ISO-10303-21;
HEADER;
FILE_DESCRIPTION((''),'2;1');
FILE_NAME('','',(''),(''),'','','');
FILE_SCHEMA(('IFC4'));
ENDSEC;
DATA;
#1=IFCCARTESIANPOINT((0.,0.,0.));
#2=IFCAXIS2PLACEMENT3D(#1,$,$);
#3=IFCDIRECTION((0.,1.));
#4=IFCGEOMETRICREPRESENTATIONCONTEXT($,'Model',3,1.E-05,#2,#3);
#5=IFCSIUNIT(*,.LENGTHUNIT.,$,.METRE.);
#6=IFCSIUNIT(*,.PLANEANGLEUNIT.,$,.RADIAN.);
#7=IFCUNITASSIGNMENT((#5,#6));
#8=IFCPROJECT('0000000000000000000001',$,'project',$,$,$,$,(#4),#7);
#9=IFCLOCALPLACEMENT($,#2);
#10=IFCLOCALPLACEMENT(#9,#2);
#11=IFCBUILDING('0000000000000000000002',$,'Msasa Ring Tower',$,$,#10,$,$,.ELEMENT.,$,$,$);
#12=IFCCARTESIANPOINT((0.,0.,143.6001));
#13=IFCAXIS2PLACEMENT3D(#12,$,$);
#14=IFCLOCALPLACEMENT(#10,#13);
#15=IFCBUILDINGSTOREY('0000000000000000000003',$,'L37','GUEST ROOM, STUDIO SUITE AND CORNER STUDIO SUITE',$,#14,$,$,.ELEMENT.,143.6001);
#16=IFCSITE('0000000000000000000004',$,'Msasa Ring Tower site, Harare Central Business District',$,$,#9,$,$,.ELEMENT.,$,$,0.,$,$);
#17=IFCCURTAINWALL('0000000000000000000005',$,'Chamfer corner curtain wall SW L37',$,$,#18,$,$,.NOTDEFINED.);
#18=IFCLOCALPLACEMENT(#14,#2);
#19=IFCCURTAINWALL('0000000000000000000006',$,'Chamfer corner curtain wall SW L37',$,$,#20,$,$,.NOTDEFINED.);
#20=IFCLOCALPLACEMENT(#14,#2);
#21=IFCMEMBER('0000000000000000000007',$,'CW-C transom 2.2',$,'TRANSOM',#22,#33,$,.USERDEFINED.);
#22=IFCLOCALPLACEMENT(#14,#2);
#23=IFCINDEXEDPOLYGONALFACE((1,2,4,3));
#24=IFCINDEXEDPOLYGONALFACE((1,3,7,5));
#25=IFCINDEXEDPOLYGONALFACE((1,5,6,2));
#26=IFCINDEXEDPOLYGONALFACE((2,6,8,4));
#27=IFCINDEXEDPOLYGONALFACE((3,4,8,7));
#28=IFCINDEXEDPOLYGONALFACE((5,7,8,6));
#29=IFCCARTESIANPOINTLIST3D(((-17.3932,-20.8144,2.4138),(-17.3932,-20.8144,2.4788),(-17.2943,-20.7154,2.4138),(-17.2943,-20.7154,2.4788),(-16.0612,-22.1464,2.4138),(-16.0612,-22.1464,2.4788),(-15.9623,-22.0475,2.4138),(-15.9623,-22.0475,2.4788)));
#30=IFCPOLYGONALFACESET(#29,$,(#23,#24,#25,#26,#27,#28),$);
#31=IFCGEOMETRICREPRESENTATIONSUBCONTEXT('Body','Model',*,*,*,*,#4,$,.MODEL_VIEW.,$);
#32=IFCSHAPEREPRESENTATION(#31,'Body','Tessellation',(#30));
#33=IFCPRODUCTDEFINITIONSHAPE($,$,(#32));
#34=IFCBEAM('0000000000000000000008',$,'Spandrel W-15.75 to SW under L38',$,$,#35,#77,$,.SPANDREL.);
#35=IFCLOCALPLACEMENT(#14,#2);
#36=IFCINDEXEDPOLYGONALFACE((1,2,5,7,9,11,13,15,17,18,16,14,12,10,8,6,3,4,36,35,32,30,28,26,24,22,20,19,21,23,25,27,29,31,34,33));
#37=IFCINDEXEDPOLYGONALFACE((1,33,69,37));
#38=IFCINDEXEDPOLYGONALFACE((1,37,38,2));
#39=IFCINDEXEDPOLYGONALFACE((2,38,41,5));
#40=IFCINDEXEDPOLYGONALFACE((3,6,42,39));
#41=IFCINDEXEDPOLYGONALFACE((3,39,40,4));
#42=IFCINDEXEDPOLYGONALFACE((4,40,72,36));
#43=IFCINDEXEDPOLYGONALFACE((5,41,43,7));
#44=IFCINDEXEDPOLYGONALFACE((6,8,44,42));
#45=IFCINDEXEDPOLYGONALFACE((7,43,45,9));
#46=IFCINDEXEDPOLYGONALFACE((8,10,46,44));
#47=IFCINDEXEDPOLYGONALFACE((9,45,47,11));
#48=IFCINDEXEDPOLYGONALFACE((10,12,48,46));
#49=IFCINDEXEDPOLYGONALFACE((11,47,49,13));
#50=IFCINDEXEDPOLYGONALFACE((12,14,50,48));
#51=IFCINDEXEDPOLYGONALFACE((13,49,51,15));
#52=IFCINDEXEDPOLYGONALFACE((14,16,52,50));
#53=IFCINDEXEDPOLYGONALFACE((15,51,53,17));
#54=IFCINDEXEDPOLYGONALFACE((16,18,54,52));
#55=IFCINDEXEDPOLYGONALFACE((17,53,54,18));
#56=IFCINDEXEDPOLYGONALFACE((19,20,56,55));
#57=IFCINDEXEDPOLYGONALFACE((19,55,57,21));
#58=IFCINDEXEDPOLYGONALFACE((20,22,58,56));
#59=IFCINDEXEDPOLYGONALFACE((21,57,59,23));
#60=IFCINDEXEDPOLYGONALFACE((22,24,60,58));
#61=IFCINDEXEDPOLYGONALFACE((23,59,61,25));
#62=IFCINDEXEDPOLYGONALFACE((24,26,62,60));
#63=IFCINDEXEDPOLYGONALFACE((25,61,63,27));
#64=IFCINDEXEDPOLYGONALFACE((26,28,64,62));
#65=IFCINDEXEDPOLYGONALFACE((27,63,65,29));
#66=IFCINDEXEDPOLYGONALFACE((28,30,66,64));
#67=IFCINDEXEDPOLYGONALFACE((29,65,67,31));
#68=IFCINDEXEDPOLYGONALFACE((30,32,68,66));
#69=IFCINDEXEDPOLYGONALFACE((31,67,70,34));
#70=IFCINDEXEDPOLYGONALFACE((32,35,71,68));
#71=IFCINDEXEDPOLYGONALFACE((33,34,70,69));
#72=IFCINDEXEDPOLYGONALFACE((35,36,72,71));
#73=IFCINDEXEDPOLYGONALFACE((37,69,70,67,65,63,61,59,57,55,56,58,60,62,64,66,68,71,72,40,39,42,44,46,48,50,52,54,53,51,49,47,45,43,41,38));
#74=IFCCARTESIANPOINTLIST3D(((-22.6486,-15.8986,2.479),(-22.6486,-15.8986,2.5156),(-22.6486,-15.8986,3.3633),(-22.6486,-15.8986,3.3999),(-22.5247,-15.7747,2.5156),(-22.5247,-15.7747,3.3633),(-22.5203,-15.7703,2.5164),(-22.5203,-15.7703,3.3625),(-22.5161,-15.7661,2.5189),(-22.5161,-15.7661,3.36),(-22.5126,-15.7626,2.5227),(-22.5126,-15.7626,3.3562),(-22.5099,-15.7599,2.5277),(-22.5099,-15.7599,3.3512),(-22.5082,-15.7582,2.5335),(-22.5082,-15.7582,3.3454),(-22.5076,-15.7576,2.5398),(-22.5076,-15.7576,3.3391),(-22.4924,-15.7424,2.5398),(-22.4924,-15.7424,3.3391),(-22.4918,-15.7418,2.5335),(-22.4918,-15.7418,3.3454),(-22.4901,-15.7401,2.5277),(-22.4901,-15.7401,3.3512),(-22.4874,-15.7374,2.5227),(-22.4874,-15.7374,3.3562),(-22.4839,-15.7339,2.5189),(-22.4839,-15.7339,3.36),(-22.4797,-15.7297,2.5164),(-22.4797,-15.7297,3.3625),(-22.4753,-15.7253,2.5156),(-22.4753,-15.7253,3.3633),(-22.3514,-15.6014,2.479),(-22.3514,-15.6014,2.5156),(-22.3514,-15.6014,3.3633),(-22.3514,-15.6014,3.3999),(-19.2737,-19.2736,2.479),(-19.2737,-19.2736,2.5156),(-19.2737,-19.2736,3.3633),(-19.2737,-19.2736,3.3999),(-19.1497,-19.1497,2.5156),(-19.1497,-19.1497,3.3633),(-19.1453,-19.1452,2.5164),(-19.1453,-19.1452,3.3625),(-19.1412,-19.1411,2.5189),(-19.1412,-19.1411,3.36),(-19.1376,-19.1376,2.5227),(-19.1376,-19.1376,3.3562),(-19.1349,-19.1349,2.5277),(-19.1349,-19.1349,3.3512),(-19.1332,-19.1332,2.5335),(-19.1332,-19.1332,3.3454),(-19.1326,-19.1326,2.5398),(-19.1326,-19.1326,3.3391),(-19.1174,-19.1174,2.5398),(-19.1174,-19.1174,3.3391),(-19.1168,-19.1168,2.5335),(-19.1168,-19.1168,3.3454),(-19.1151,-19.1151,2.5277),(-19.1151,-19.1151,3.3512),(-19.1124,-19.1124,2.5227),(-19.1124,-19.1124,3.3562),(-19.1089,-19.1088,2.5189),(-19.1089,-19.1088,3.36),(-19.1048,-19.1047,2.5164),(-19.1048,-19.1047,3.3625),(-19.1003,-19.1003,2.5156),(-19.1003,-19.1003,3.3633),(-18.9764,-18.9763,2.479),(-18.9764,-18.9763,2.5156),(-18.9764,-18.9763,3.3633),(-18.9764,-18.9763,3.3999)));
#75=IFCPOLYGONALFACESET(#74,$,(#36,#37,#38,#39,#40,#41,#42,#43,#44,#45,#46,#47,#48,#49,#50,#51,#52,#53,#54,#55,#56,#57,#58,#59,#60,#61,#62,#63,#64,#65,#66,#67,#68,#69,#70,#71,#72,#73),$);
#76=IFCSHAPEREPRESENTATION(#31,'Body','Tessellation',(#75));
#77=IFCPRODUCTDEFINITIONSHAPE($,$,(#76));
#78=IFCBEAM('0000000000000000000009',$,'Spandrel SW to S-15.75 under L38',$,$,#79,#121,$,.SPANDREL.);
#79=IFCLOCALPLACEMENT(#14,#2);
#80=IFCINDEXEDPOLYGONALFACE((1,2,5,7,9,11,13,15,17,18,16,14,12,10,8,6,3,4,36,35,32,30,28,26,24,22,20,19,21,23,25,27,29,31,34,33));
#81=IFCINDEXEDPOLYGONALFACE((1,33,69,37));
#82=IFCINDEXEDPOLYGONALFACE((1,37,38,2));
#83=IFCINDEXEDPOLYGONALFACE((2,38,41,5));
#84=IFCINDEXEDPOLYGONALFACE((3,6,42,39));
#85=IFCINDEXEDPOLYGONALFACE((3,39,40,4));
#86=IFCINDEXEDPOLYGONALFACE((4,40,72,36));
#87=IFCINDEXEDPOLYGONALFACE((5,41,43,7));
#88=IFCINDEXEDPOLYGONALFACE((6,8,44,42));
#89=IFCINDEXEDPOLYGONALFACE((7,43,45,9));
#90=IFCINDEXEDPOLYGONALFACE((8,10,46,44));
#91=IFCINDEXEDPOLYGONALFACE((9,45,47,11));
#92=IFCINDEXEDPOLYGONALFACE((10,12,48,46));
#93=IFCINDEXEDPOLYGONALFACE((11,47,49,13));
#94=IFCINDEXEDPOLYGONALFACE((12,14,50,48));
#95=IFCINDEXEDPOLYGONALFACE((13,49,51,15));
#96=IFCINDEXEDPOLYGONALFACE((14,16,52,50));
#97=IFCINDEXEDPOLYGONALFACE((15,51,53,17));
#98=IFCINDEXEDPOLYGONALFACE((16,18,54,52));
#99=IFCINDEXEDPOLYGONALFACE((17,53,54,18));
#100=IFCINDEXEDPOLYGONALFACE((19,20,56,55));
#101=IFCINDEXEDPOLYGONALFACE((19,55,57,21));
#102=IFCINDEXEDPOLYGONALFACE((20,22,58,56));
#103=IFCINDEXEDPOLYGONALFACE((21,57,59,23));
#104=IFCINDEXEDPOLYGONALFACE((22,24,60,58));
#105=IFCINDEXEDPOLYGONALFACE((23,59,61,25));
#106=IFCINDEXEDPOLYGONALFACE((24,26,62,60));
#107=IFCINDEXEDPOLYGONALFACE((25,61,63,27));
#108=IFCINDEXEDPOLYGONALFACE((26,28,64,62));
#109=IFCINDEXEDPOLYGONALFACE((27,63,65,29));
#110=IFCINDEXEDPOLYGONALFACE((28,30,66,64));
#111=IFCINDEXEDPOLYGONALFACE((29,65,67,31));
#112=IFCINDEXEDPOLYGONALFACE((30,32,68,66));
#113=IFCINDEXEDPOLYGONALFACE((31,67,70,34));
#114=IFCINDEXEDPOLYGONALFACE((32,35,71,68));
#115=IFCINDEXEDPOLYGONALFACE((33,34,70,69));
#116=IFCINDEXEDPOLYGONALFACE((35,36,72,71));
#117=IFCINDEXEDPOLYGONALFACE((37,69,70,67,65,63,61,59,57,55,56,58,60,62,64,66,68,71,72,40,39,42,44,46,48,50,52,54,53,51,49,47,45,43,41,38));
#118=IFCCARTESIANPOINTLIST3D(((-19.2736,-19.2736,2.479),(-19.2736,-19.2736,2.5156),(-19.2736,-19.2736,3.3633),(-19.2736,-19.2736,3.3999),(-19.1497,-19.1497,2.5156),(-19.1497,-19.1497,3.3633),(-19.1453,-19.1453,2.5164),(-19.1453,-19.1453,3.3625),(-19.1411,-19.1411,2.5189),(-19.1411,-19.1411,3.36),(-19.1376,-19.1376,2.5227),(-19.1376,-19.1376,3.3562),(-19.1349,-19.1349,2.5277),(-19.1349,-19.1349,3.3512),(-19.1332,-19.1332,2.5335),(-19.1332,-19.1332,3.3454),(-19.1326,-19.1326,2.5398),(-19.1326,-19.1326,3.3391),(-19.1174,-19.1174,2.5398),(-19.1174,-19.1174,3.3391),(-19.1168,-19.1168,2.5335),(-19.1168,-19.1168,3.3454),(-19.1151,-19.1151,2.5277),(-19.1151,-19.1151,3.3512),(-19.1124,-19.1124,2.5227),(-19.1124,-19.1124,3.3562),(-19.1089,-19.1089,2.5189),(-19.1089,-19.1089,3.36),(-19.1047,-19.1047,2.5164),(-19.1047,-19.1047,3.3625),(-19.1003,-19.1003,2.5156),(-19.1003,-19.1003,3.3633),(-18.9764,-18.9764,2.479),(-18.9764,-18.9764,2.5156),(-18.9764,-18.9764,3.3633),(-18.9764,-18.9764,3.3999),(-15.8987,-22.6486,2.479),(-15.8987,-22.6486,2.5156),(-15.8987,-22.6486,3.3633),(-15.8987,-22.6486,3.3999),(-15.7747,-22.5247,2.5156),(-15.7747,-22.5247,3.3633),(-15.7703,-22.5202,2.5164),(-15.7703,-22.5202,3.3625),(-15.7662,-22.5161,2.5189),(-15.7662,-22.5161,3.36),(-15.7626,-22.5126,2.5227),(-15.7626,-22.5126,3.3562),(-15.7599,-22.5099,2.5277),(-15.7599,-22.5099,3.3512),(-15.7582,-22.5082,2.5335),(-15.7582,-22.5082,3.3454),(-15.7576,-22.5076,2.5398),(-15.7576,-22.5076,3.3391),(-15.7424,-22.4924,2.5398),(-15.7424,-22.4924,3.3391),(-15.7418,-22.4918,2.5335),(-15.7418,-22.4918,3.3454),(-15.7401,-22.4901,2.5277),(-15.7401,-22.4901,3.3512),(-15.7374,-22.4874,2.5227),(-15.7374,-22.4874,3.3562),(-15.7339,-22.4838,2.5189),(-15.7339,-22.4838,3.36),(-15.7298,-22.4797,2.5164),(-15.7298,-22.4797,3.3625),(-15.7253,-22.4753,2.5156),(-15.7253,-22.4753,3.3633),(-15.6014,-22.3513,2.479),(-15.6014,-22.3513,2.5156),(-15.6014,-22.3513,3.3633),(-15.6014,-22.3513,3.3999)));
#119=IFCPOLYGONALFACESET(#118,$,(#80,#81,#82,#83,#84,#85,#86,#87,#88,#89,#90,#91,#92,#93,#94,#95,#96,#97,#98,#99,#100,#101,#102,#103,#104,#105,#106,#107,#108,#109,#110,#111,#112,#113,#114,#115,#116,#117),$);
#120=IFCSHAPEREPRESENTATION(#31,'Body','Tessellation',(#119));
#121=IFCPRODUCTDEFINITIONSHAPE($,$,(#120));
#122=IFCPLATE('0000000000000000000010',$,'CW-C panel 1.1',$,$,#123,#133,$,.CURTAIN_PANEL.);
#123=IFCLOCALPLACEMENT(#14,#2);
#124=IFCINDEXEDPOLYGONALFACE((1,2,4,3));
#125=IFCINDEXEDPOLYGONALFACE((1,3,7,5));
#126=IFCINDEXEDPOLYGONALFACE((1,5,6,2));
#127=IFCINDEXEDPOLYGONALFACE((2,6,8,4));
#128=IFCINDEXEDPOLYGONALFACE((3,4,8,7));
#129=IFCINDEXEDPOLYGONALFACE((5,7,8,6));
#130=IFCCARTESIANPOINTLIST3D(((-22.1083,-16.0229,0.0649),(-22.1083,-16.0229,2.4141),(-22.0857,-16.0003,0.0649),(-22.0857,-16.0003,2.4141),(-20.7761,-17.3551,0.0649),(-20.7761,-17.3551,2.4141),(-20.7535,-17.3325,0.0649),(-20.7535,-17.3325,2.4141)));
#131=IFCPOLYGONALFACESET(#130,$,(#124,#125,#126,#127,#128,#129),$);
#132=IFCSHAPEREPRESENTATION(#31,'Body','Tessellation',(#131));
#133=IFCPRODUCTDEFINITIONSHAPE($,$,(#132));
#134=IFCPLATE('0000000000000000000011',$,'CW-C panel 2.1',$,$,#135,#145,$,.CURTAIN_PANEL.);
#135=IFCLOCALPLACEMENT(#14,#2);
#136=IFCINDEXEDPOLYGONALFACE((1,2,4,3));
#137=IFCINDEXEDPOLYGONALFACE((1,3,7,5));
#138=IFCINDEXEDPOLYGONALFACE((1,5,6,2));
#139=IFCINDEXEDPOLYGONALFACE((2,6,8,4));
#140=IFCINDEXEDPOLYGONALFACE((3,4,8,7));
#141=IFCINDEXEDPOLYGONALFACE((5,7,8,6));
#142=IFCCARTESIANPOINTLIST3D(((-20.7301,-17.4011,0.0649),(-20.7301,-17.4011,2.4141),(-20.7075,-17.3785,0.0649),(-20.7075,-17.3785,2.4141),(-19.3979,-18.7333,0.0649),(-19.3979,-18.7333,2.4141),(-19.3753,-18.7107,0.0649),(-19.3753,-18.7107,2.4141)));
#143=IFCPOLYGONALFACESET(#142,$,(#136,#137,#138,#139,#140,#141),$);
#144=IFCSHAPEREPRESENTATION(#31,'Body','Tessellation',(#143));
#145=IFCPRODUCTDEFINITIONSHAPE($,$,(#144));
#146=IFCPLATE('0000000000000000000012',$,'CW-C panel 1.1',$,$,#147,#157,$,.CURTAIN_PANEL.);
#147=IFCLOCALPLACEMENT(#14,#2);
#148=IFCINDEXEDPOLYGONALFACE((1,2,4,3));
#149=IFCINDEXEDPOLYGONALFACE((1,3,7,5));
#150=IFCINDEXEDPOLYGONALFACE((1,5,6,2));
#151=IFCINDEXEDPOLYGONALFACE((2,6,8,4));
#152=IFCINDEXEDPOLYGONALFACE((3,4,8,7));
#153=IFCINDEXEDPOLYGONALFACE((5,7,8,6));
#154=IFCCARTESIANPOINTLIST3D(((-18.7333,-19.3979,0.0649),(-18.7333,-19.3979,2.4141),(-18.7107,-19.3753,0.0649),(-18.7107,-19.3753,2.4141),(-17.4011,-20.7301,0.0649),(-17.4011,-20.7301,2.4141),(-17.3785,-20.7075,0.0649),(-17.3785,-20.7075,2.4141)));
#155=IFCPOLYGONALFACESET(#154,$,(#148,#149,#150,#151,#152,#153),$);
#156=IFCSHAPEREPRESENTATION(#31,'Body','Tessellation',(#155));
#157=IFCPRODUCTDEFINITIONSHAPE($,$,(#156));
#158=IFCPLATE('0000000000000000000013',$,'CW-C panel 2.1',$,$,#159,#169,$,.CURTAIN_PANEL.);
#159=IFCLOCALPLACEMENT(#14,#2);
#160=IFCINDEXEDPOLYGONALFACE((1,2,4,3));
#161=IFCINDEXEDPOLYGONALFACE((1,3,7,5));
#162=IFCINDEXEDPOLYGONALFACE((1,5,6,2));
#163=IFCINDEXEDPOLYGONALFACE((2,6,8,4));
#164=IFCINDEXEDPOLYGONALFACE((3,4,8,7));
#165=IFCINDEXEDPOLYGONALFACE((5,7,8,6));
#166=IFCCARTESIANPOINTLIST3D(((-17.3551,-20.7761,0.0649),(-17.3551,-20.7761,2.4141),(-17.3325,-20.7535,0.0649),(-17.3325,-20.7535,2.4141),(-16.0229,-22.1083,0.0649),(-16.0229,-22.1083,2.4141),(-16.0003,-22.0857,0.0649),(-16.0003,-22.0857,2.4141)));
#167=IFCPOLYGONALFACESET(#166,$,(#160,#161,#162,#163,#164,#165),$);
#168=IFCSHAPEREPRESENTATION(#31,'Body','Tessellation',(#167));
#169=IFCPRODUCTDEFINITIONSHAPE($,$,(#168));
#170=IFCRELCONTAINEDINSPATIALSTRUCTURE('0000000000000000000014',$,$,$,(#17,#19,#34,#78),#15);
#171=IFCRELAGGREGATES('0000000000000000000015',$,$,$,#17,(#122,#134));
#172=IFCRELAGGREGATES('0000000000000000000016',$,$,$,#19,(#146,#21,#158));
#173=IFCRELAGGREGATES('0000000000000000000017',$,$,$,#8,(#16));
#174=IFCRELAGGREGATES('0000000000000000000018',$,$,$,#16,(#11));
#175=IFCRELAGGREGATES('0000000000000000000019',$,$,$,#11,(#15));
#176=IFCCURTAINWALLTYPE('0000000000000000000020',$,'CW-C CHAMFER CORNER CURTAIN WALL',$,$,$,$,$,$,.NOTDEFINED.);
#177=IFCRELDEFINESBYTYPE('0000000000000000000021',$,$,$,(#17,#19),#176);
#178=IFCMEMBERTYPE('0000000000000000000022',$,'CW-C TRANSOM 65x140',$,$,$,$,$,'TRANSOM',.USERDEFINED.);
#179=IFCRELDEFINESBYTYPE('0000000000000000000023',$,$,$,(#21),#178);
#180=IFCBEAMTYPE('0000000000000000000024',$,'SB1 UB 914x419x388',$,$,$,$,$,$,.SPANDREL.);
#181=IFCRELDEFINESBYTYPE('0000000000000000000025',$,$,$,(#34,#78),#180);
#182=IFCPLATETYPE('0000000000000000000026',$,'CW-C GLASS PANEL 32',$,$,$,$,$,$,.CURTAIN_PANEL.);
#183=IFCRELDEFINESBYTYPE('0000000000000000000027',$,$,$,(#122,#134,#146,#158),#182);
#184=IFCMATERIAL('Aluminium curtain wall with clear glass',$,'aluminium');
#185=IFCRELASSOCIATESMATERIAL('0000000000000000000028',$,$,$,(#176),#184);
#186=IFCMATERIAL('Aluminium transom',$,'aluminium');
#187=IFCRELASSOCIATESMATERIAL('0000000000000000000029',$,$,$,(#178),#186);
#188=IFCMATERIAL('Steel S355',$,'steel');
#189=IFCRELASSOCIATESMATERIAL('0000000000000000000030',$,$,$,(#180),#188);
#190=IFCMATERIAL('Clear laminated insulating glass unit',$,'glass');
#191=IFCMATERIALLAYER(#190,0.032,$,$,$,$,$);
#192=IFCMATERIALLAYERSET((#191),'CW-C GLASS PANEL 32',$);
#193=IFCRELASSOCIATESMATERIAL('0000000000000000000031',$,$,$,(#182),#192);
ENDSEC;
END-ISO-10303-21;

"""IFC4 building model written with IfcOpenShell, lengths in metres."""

from ifc_helpers import new_model, si_unit, direction, frame, origin, origin_2d, place, context, subcontext, project, spatial, rectangle, i_section, extrude, material, layer, layer_set, material_profile, profile_set, type_object, element, aggregate, save


model = new_model("IFC4")

# Units and contexts
model_context = context("Model", 3, precision=1e-05, world=origin(), true_north=direction((0.0, 1.0)))
body_context = subcontext(model_context, "Body", "Model", "MODEL_VIEW")
ifc_project = project(units=[si_unit("LENGTHUNIT", "METRE"), si_unit("PLANEANGLEUNIT", "RADIAN")], contexts=[model_context])

# Site, building, storey
site_placement = place(None, origin())
site = spatial("IfcSite", under=ifc_project, at=site_placement, Name="Msasa Ring Tower site, Harare Central Business District", CompositionType="ELEMENT", RefElevation=0.0)
building_placement = place(site_placement, origin())
building = spatial("IfcBuilding", under=site, at=building_placement, Name="Msasa Ring Tower", CompositionType="ELEMENT")
storey_placement = place(building_placement, frame((0.0, 0.0, 143.6001)))
storey = spatial("IfcBuildingStorey", under=building, at=storey_placement, Name="L37", Description="GUEST ROOM, STUDIO SUITE AND CORNER STUDIO SUITE", CompositionType="ELEMENT", Elevation=143.6001)

# Curtain walls
ifc_material_1 = material(Name="Aluminium curtain wall with clear glass", Category="aluminium")
curtain_wall_type = type_object("IfcCurtainWallType", Name="CW-C CHAMFER CORNER CURTAIN WALL", PredefinedType="NOTDEFINED", material=ifc_material_1)
curtain_wall_1_placement = place(storey_placement, origin())
curtain_wall_1 = element("IfcCurtainWall", 1, at=curtain_wall_1_placement, inside=storey, type_object=curtain_wall_type, Name="Chamfer corner curtain wall SW L37", PredefinedType="NOTDEFINED")
curtain_wall_2_placement = place(storey_placement, origin())
curtain_wall_2 = element("IfcCurtainWall", 2, at=curtain_wall_2_placement, inside=storey, type_object=curtain_wall_type, Name="Chamfer corner curtain wall SW L37", PredefinedType="NOTDEFINED")

# Member
ifc_material_2 = material(Name="Aluminium transom", Category="aluminium")
ifc_material_profile_1 = material_profile(ifc_material_2, rectangle(XDim=0.1399, YDim=0.0649, at=origin_2d()), Name="AL 65x140")
ifc_profile_set_1 = profile_set([ifc_material_profile_1], Name="Aluminium transom")
member_type_1 = type_object("IfcMemberType", Name="CW-C TRANSOM 65x140", ElementType="TRANSOM", PredefinedType="USERDEFINED", material=ifc_profile_set_1)
member_1_placement = place(storey_placement, frame((-17.3438, -20.7649, 2.4463), z_axis=(0.707107, -0.707107, 0.0), x_axis=(0.707107, 0.707107, 0.0)))
member_1 = element("IfcMember", 3, at=member_1_placement, type_object=member_type_1, Name="CW-C transom 2.2", ObjectType="TRANSOM", PredefinedType="USERDEFINED", context=body_context, shape_type="SweptSolid", body=[
    extrude(rectangle(XDim=0.1399, YDim=0.0649, at=origin_2d()), origin(), (0.0, 0.0, 1.0), 1.8838),
])

# Beams
ifc_material_3 = material(Name="Steel S355", Category="steel")
ifc_material_profile_2 = material_profile(ifc_material_3, i_section(OverallWidth=0.4204, OverallDepth=0.9209, WebThickness=0.0215, FlangeThickness=0.0366, FilletRadius=0.0242, at=origin_2d()), Name="UB 914x419x388")
ifc_profile_set_2 = profile_set([ifc_material_profile_2], Name="Steel S355")
beam_type = type_object("IfcBeamType", Name="SB1 UB 914x419x388", PredefinedType="SPANDREL", material=ifc_profile_set_2)
for number, where, z_axis, x_axis, name in (
    (4, (-22.5, -15.75, 2.9395), (0.707107, -0.707107, 0.0), (0.707107, 0.707107, 0.0), "Spandrel W-15.75 to SW under L38"),
    (5, (-19.125, -19.125, 2.9395), (0.707107, -0.707107, 0.0), (0.707107, 0.707107, 0.0), "Spandrel SW to S-15.75 under L38"),
):
    element("IfcBeam", number, at=place(storey_placement, frame(where, z_axis=z_axis, x_axis=x_axis)), inside=storey, type_object=beam_type, Name=name, PredefinedType="SPANDREL", context=body_context, shape_type="SweptSolid", body=[
        extrude(i_section(OverallWidth=0.4204, OverallDepth=0.9209, WebThickness=0.0215, FlangeThickness=0.0366, FilletRadius=0.0242, at=origin_2d()), origin(), (0.0, 0.0, 1.0), 4.7729),
    ])

# Plates
ifc_material_4 = material(Name="Clear laminated insulating glass unit", Category="glass")
ifc_layer_1 = layer(ifc_material_4, 0.032)
ifc_layer_set_1 = layer_set([ifc_layer_1], Name="CW-C GLASS PANEL 32")
plate_type = type_object("IfcPlateType", Name="CW-C GLASS PANEL 32", PredefinedType="CURTAIN_PANEL", material=ifc_layer_set_1)
plate_1_placement = place(storey_placement, frame((-21.4309, -16.6777, 0.0649), z_axis=(0.0, 0.0, 1.0), x_axis=(0.707107, -0.707107, 0.0)))
plate_1 = element("IfcPlate", 6, at=plate_1_placement, type_object=plate_type, Name="CW-C panel 1.1", PredefinedType="CURTAIN_PANEL", context=body_context, shape_type="SweptSolid", body=[
    extrude(rectangle(XDim=1.884, YDim=0.032, at=origin_2d()), origin(), (0.0, 0.0, 1.0), 2.3491),
])
plate_2_placement = place(storey_placement, frame((-20.0527, -18.0559, 0.0649), z_axis=(0.0, 0.0, 1.0), x_axis=(0.707107, -0.707107, 0.0)))
plate_2 = element("IfcPlate", 7, at=plate_2_placement, type_object=plate_type, Name="CW-C panel 2.1", PredefinedType="CURTAIN_PANEL", context=body_context, shape_type="SweptSolid", body=[
    extrude(rectangle(XDim=1.884, YDim=0.032, at=origin_2d()), origin(), (0.0, 0.0, 1.0), 2.3491),
])
aggregate(curtain_wall_1, [plate_1, plate_2])
plate_3_placement = place(storey_placement, frame((-18.0559, -20.0527, 0.0649), z_axis=(0.0, 0.0, 1.0), x_axis=(0.707107, -0.707107, 0.0)))
plate_3 = element("IfcPlate", 8, at=plate_3_placement, type_object=plate_type, Name="CW-C panel 1.1", PredefinedType="CURTAIN_PANEL", context=body_context, shape_type="SweptSolid", body=[
    extrude(rectangle(XDim=1.884, YDim=0.032, at=origin_2d()), origin(), (0.0, 0.0, 1.0), 2.3491),
])
plate_4_placement = place(storey_placement, frame((-16.6777, -21.4309, 0.0649), z_axis=(0.0, 0.0, 1.0), x_axis=(0.707107, -0.707107, 0.0)))
plate_4 = element("IfcPlate", 9, at=plate_4_placement, type_object=plate_type, Name="CW-C panel 2.1", PredefinedType="CURTAIN_PANEL", context=body_context, shape_type="SweptSolid", body=[
    extrude(rectangle(XDim=1.884, YDim=0.032, at=origin_2d()), origin(), (0.0, 0.0, 1.0), 2.3491),
])
aggregate(curtain_wall_2, [plate_3, member_1, plate_4])

save(model, "model.ifc")
